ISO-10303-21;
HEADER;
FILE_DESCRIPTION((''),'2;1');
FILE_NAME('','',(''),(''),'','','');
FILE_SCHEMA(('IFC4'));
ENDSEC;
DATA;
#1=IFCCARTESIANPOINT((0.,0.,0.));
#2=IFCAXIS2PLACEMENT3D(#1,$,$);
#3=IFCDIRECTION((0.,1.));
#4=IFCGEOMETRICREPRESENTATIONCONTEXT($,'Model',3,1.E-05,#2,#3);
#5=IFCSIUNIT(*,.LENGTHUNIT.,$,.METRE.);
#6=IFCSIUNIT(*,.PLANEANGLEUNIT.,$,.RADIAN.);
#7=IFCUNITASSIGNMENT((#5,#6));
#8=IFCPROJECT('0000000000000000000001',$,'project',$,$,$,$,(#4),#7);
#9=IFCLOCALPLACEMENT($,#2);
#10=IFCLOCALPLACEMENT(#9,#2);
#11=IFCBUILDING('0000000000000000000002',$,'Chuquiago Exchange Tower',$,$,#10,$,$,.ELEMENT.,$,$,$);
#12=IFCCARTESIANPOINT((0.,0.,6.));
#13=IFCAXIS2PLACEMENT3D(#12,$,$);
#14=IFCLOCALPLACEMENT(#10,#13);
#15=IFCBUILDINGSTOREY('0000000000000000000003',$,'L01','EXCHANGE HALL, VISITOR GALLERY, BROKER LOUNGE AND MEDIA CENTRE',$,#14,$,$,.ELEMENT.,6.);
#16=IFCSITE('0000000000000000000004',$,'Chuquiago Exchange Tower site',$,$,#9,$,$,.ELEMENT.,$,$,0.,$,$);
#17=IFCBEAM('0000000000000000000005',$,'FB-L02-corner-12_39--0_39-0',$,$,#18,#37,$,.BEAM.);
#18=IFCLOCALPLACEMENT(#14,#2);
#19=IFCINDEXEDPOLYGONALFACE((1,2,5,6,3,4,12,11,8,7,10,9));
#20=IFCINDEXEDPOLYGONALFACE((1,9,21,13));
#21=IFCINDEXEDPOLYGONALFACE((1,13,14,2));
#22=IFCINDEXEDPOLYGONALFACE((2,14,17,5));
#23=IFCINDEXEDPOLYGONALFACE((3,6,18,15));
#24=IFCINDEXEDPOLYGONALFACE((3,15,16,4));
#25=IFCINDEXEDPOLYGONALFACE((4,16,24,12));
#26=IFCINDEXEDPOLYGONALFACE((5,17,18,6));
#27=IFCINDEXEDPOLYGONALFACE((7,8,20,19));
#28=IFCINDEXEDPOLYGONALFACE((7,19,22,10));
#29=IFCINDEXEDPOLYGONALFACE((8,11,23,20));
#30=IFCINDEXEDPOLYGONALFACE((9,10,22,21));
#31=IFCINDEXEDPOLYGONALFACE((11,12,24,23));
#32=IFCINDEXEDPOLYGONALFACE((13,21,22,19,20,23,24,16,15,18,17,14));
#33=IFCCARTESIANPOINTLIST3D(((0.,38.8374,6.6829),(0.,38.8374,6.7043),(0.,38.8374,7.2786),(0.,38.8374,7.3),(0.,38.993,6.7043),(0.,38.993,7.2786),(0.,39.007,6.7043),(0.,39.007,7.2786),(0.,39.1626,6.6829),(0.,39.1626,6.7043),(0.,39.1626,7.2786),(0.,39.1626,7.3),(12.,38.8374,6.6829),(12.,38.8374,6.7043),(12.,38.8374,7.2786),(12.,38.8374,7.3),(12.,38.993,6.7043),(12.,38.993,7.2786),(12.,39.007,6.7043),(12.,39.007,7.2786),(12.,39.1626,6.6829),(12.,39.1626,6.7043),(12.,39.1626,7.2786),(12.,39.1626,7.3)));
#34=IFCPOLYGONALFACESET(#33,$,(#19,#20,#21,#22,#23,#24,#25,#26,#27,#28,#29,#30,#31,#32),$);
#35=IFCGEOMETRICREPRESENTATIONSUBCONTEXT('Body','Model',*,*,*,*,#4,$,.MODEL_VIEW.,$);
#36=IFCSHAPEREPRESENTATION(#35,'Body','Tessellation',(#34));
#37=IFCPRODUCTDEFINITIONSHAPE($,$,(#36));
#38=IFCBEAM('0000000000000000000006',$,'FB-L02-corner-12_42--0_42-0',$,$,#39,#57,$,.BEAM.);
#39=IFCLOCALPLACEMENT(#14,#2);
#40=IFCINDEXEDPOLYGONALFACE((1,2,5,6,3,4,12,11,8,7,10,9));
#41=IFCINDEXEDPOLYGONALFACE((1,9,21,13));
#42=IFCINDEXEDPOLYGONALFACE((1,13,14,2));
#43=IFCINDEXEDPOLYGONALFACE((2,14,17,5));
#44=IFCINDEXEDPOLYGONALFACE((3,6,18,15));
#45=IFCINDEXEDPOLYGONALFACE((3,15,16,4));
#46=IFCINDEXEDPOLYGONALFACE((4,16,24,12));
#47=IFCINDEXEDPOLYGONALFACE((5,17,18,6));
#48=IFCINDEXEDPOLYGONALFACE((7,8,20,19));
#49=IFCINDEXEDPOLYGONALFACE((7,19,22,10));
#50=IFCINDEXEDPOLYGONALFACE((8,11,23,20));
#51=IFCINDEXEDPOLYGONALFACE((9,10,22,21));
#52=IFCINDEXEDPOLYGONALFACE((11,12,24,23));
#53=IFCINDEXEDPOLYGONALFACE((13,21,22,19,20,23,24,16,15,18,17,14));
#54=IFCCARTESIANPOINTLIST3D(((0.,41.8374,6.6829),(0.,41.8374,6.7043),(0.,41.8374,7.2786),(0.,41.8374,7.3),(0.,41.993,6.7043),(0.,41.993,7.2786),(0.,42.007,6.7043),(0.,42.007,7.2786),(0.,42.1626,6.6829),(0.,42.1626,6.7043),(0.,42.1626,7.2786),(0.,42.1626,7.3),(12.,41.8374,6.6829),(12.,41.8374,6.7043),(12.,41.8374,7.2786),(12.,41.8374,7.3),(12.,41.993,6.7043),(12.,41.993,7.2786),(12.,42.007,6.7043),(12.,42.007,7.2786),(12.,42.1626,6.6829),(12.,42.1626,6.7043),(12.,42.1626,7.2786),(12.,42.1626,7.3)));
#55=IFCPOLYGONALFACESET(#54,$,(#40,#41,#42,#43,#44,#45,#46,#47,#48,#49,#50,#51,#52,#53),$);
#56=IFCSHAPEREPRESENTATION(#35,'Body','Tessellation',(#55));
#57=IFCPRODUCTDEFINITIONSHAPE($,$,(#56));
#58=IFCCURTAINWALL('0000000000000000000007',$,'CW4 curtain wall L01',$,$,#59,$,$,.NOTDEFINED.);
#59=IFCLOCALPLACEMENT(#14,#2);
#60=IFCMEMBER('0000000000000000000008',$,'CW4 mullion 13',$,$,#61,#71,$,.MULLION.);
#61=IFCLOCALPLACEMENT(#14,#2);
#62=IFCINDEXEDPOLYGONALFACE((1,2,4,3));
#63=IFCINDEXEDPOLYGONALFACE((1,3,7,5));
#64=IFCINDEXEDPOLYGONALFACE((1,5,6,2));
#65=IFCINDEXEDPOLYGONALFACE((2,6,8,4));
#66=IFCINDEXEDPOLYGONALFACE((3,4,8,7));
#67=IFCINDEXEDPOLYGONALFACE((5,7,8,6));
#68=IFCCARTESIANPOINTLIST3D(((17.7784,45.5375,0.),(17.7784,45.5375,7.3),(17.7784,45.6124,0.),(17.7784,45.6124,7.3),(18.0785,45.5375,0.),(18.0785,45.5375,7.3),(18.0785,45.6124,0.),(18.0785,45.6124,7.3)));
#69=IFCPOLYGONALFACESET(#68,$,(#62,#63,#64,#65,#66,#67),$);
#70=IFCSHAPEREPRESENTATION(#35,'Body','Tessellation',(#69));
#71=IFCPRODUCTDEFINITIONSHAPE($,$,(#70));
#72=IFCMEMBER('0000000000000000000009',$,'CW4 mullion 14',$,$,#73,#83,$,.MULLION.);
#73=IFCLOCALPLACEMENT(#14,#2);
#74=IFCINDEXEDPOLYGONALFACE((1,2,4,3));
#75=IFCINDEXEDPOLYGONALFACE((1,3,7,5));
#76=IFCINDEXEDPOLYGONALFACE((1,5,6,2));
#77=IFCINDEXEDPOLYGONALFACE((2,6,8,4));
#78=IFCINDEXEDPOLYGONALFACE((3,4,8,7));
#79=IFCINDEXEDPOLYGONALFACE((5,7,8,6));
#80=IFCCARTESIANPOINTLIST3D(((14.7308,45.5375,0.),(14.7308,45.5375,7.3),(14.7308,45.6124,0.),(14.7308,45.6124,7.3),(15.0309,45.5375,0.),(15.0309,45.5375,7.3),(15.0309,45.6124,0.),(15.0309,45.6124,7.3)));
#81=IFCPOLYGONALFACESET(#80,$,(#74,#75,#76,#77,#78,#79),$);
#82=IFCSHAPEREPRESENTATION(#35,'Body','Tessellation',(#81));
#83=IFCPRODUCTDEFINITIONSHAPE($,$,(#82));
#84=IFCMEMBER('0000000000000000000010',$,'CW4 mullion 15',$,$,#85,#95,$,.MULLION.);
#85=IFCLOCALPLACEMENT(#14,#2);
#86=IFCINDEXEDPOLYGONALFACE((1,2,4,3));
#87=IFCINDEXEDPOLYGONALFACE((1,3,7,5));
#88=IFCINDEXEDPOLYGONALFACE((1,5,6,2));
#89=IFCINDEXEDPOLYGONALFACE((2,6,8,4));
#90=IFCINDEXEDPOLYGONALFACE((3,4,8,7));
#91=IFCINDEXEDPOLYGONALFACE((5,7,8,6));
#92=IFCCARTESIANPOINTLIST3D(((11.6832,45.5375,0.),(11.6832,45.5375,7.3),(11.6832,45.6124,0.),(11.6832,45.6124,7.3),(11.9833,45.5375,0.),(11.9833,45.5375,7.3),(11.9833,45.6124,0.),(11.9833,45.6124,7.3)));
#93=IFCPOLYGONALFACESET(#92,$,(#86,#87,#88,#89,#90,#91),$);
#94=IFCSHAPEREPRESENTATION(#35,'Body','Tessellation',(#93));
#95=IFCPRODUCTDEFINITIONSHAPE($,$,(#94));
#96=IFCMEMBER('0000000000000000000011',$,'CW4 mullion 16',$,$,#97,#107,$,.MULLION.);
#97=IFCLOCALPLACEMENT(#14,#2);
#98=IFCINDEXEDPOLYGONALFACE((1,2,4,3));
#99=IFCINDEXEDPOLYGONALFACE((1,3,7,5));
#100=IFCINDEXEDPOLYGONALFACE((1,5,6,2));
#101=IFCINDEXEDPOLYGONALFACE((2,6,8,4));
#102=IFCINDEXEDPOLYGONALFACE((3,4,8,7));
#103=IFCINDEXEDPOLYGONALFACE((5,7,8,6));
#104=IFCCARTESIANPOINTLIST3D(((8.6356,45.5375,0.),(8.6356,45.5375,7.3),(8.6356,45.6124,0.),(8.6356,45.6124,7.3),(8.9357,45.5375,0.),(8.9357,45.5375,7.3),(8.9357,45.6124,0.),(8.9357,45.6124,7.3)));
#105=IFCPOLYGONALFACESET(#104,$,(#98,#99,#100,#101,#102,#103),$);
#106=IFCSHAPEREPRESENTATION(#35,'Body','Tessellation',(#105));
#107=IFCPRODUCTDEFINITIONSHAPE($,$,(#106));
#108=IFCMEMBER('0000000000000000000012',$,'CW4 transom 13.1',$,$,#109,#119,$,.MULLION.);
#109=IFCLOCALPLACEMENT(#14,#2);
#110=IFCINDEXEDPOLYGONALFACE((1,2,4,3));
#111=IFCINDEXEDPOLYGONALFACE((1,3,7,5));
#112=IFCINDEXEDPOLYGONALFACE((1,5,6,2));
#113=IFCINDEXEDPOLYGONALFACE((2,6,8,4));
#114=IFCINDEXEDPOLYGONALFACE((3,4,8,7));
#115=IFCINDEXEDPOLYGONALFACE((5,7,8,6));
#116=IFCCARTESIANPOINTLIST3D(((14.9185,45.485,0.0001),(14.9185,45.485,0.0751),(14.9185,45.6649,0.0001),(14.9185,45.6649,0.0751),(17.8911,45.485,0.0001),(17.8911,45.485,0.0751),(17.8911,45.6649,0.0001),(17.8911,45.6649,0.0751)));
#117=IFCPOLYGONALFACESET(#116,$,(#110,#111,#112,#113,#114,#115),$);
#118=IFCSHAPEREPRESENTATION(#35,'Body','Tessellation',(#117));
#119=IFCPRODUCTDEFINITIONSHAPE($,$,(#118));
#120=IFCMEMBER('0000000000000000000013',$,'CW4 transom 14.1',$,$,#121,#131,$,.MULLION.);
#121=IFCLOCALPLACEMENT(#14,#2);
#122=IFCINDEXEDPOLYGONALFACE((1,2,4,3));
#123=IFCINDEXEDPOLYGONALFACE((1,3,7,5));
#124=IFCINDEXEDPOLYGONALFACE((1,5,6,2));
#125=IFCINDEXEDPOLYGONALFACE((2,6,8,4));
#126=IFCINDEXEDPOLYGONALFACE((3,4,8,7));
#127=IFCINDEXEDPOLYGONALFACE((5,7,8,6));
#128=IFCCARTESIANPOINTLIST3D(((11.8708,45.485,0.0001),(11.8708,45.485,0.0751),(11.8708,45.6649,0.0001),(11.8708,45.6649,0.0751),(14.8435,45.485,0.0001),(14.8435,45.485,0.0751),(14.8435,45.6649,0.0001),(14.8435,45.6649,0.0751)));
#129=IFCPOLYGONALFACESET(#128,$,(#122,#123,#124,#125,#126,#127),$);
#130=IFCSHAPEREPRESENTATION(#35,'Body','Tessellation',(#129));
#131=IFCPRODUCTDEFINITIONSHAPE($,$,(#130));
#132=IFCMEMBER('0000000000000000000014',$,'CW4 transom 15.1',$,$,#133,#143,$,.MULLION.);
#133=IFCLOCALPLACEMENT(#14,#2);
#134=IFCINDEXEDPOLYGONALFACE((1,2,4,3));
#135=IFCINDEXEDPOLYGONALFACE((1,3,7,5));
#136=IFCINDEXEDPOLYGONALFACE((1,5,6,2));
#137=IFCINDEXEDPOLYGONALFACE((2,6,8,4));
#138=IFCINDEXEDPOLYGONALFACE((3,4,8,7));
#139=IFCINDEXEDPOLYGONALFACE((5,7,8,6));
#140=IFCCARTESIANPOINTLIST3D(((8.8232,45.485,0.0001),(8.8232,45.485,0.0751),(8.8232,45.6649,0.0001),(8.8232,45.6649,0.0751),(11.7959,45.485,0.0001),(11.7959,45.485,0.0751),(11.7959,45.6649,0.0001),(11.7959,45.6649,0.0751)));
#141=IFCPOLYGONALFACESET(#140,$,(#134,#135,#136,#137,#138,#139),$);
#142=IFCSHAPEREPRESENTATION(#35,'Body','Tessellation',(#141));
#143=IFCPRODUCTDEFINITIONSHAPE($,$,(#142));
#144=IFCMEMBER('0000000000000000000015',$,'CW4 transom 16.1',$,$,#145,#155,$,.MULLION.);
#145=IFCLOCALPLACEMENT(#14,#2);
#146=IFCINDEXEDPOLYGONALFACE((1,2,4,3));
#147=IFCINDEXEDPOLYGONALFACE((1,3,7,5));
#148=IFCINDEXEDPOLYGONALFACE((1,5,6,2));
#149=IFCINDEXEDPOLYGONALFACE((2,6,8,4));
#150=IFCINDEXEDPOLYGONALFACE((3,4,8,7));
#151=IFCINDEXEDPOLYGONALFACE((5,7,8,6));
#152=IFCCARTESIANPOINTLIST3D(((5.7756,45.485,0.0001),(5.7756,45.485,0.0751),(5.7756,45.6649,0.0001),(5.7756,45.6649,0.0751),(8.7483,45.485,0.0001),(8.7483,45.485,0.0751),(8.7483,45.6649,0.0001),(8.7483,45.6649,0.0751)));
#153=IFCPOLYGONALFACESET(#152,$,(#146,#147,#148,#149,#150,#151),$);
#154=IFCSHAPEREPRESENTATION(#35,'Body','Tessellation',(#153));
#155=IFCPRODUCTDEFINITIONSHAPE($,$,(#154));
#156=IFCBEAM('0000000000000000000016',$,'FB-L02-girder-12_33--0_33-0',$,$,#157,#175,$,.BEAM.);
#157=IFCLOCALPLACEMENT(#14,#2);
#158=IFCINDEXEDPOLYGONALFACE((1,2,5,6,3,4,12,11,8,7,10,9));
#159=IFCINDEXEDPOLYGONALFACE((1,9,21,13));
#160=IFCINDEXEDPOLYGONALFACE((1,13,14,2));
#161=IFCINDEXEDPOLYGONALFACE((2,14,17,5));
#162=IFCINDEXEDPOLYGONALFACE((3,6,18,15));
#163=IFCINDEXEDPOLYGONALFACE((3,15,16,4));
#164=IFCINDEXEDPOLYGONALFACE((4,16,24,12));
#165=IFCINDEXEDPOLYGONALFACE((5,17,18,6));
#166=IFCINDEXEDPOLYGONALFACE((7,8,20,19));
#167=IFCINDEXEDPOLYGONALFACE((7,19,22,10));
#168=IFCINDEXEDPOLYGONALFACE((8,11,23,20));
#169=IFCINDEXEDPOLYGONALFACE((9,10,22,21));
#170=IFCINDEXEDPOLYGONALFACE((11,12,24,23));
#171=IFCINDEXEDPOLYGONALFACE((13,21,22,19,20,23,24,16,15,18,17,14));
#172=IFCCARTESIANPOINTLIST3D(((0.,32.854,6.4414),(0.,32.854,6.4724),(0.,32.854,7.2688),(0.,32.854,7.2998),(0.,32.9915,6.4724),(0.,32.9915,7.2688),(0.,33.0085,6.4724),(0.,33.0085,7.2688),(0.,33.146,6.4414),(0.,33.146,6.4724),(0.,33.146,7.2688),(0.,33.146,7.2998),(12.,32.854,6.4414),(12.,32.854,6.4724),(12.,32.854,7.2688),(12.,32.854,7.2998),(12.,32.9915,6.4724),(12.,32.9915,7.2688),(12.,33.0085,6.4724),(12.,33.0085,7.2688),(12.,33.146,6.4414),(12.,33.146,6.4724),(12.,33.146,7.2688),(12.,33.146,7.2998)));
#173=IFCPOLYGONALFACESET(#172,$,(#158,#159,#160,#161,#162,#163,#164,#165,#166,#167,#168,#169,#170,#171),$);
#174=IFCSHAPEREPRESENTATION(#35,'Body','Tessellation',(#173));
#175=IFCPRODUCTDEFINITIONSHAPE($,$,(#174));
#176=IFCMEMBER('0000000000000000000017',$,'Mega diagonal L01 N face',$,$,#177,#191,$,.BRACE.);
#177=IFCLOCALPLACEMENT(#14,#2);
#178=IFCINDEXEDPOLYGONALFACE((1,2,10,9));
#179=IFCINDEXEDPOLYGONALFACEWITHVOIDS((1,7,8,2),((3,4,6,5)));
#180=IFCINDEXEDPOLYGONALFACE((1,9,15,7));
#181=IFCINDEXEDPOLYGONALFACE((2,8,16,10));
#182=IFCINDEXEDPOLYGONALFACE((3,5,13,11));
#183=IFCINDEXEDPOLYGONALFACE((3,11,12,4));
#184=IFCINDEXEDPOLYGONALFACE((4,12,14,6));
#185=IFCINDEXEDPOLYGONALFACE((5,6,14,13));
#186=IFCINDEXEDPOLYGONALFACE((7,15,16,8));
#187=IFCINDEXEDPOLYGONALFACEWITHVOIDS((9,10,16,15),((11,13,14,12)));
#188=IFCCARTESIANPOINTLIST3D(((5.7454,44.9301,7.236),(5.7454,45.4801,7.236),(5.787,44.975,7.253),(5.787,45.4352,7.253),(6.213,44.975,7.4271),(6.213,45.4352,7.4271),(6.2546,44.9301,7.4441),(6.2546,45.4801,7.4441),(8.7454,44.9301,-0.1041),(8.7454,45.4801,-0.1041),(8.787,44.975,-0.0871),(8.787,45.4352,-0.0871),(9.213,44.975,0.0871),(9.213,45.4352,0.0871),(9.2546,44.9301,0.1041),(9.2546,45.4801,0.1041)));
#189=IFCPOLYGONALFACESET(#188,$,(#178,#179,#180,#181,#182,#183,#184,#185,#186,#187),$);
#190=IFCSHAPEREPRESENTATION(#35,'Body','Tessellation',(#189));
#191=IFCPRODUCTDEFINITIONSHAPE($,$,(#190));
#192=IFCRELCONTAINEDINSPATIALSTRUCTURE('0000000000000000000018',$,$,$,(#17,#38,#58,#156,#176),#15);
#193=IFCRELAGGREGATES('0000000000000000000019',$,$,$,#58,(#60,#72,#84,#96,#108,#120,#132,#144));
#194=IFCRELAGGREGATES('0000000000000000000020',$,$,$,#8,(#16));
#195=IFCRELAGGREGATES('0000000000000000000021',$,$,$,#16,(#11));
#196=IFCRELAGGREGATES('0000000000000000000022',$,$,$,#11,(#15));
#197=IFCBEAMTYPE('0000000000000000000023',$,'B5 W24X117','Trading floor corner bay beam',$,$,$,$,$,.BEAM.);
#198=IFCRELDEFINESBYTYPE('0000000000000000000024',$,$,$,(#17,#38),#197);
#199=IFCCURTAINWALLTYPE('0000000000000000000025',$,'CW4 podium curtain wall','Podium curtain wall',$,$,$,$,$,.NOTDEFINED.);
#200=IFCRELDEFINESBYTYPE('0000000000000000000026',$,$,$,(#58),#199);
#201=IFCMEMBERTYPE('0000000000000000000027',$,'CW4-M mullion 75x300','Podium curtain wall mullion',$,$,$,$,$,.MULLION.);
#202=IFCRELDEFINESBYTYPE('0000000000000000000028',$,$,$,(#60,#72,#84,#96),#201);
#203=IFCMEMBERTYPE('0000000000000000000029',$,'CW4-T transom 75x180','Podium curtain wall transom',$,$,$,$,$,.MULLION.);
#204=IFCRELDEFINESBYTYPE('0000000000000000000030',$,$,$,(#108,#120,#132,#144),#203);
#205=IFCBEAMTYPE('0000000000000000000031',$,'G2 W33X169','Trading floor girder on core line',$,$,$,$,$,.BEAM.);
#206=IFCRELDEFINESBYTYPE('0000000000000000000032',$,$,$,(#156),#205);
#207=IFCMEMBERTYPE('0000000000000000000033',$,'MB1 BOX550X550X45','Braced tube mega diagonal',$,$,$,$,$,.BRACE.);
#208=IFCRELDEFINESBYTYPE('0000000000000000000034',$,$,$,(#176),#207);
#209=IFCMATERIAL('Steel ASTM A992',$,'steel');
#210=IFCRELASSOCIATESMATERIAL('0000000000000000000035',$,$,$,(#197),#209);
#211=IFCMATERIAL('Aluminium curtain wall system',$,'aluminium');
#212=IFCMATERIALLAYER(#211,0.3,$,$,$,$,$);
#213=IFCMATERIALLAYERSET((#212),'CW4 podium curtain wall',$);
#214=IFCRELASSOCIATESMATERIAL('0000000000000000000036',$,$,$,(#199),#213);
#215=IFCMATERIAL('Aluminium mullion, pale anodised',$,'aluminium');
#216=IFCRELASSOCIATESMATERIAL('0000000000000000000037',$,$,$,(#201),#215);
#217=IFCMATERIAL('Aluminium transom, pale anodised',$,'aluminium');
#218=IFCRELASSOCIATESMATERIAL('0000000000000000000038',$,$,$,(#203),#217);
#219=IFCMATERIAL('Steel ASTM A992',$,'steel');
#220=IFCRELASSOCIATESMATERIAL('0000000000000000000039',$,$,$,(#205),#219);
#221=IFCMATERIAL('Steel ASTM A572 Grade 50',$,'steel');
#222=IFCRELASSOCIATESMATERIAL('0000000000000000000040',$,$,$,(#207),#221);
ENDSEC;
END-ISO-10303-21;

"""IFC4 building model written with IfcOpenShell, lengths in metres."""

from ifc_helpers import new_model, si_unit, direction, frame, origin, origin_2d, place, context, subcontext, project, spatial, rectangle, hollow_rectangle, i_section, extrude, material, layer, layer_set, material_profile, profile_set, type_object, element, aggregate, save


model = new_model("IFC4")

# Units and contexts
model_context = context("Model", 3, precision=1e-05, world=origin(), true_north=direction((0.0, 1.0)))
body_context = subcontext(model_context, "Body", "Model", "MODEL_VIEW")
ifc_project = project(units=[si_unit("LENGTHUNIT", "METRE"), si_unit("PLANEANGLEUNIT", "RADIAN")], contexts=[model_context])

# Site, building, storey
site_placement = place(None, origin())
site = spatial("IfcSite", under=ifc_project, at=site_placement, Name="Chuquiago Exchange Tower site", CompositionType="ELEMENT", RefElevation=0.0)
building_placement = place(site_placement, origin())
building = spatial("IfcBuilding", under=site, at=building_placement, Name="Chuquiago Exchange Tower", CompositionType="ELEMENT")
storey_placement = place(building_placement, frame((0.0, 0.0, 6.0)))
storey = spatial("IfcBuildingStorey", under=building, at=storey_placement, Name="L01", Description="EXCHANGE HALL, VISITOR GALLERY, BROKER LOUNGE AND MEDIA CENTRE", CompositionType="ELEMENT", Elevation=6.0)

# Beams
ifc_material_1 = material(Name="Steel ASTM A992", Category="steel")
ifc_material_profile_1 = material_profile(ifc_material_1, i_section(OverallWidth=0.3252, OverallDepth=0.6172, WebThickness=0.0139, FlangeThickness=0.0215, at=origin_2d()), Name="W24X117")
ifc_profile_set_1 = profile_set([ifc_material_profile_1], Name="Steel ASTM A992")
beam_type_1 = type_object("IfcBeamType", Name="B5 W24X117", Description="Trading floor corner bay beam", PredefinedType="BEAM", material=ifc_profile_set_1)
for number, where, z_axis, x_axis, name in (
    (1, (12.0, 39.0, 6.9915), (-1.0, 0.0, 0.0), (0.0, -1.0, 0.0), "FB-L02-corner-12_39--0_39-0"),
    (2, (12.0, 42.0, 6.9915), (-1.0, 0.0, 0.0), (0.0, -1.0, 0.0), "FB-L02-corner-12_42--0_42-0"),
):
    element("IfcBeam", number, at=place(storey_placement, frame(where, z_axis=z_axis, x_axis=x_axis)), inside=storey, type_object=beam_type_1, Name=name, PredefinedType="BEAM", context=body_context, shape_type="SweptSolid", body=[
        extrude(i_section(OverallWidth=0.3252, OverallDepth=0.6172, WebThickness=0.0139, FlangeThickness=0.0215, at=origin_2d()), origin(), (0.0, 0.0, 1.0), 12.0),
    ])

# Curtain wall, members
ifc_material_2 = material(Name="Aluminium curtain wall system", Category="aluminium")
ifc_layer_1 = layer(ifc_material_2, 0.3)
ifc_layer_set_1 = layer_set([ifc_layer_1], Name="CW4 podium curtain wall")
curtain_wall_type = type_object("IfcCurtainWallType", Name="CW4 podium curtain wall", Description="Podium curtain wall", PredefinedType="NOTDEFINED", material=ifc_layer_set_1)
curtain_wall_placement = place(storey_placement, origin())
curtain_wall = element("IfcCurtainWall", 3, at=curtain_wall_placement, inside=storey, type_object=curtain_wall_type, Name="CW4 curtain wall L01", PredefinedType="NOTDEFINED")
ifc_material_3 = material(Name="Aluminium mullion, pale anodised", Category="aluminium")
ifc_material_profile_2 = material_profile(ifc_material_3, rectangle(XDim=0.075, YDim=0.3, at=origin_2d()), Name="AL 75x300")
ifc_profile_set_2 = profile_set([ifc_material_profile_2], Name="Aluminium mullion, pale anodised")
member_type_1 = type_object("IfcMemberType", Name="CW4-M mullion 75x300", Description="Podium curtain wall mullion", PredefinedType="MULLION", material=ifc_profile_set_2)
member_1_placement = place(storey_placement, frame((17.9285, 45.575, 0.0), z_axis=(0.0, 0.0, 1.0), x_axis=(0.0, -1.0, 0.0)))
member_1 = element("IfcMember", 4, at=member_1_placement, type_object=member_type_1, Name="CW4 mullion 13", PredefinedType="MULLION", context=body_context, shape_type="SweptSolid", body=[
    extrude(rectangle(XDim=0.075, YDim=0.3, at=origin_2d()), origin(), (0.0, 0.0, 1.0), 7.3),
])
member_2_placement = place(storey_placement, frame((14.8809, 45.575, 0.0), z_axis=(0.0, 0.0, 1.0), x_axis=(0.0, -1.0, 0.0)))
member_2 = element("IfcMember", 5, at=member_2_placement, type_object=member_type_1, Name="CW4 mullion 14", PredefinedType="MULLION", context=body_context, shape_type="SweptSolid", body=[
    extrude(rectangle(XDim=0.075, YDim=0.3, at=origin_2d()), origin(), (0.0, 0.0, 1.0), 7.3),
])
member_3_placement = place(storey_placement, frame((11.8333, 45.575, 0.0), z_axis=(0.0, 0.0, 1.0), x_axis=(0.0, -1.0, 0.0)))
member_3 = element("IfcMember", 6, at=member_3_placement, type_object=member_type_1, Name="CW4 mullion 15", PredefinedType="MULLION", context=body_context, shape_type="SweptSolid", body=[
    extrude(rectangle(XDim=0.075, YDim=0.3, at=origin_2d()), origin(), (0.0, 0.0, 1.0), 7.3),
])
member_4_placement = place(storey_placement, frame((8.7856, 45.575, 0.0), z_axis=(0.0, 0.0, 1.0), x_axis=(0.0, -1.0, 0.0)))
member_4 = element("IfcMember", 7, at=member_4_placement, type_object=member_type_1, Name="CW4 mullion 16", PredefinedType="MULLION", context=body_context, shape_type="SweptSolid", body=[
    extrude(rectangle(XDim=0.075, YDim=0.3, at=origin_2d()), origin(), (0.0, 0.0, 1.0), 7.3),
])
ifc_material_4 = material(Name="Aluminium transom, pale anodised", Category="aluminium")
ifc_material_profile_3 = material_profile(ifc_material_4, rectangle(XDim=0.1799, YDim=0.075, at=origin_2d()), Name="AL 180x75")
ifc_profile_set_3 = profile_set([ifc_material_profile_3], Name="Aluminium transom, pale anodised")
member_type_2 = type_object("IfcMemberType", Name="CW4-T transom 75x180", Description="Podium curtain wall transom", PredefinedType="MULLION", material=ifc_profile_set_3)
member_5_placement = place(storey_placement, frame((17.8911, 45.575, 0.0376), z_axis=(-1.0, 0.0, 0.0), x_axis=(0.0, -1.0, 0.0)))
member_5 = element("IfcMember", 8, at=member_5_placement, type_object=member_type_2, Name="CW4 transom 13.1", PredefinedType="MULLION", context=body_context, shape_type="SweptSolid", body=[
    extrude(rectangle(XDim=0.1799, YDim=0.075, at=origin_2d()), origin(), (0.0, 0.0, 1.0), 2.9727),
])
member_6_placement = place(storey_placement, frame((14.8435, 45.575, 0.0376), z_axis=(-1.0, 0.0, 0.0), x_axis=(0.0, -1.0, 0.0)))
member_6 = element("IfcMember", 9, at=member_6_placement, type_object=member_type_2, Name="CW4 transom 14.1", PredefinedType="MULLION", context=body_context, shape_type="SweptSolid", body=[
    extrude(rectangle(XDim=0.1799, YDim=0.075, at=origin_2d()), origin(), (0.0, 0.0, 1.0), 2.9727),
])
member_7_placement = place(storey_placement, frame((11.7959, 45.575, 0.0376), z_axis=(-1.0, 0.0, 0.0), x_axis=(0.0, -1.0, 0.0)))
member_7 = element("IfcMember", 10, at=member_7_placement, type_object=member_type_2, Name="CW4 transom 15.1", PredefinedType="MULLION", context=body_context, shape_type="SweptSolid", body=[
    extrude(rectangle(XDim=0.1799, YDim=0.075, at=origin_2d()), origin(), (0.0, 0.0, 1.0), 2.9727),
])
member_8_placement = place(storey_placement, frame((8.7483, 45.575, 0.0376), z_axis=(-1.0, 0.0, 0.0), x_axis=(0.0, -1.0, 0.0)))
member_8 = element("IfcMember", 11, at=member_8_placement, type_object=member_type_2, Name="CW4 transom 16.1", PredefinedType="MULLION", context=body_context, shape_type="SweptSolid", body=[
    extrude(rectangle(XDim=0.1799, YDim=0.075, at=origin_2d()), origin(), (0.0, 0.0, 1.0), 2.9727),
])

# Beam
ifc_material_5 = material(Name="Steel ASTM A992", Category="steel")
ifc_material_profile_4 = material_profile(ifc_material_5, i_section(OverallWidth=0.292, OverallDepth=0.8584, WebThickness=0.0171, FlangeThickness=0.031, at=origin_2d()), Name="W33X169")
ifc_profile_set_4 = profile_set([ifc_material_profile_4], Name="Steel ASTM A992")
beam_type_2 = type_object("IfcBeamType", Name="G2 W33X169", Description="Trading floor girder on core line", PredefinedType="BEAM", material=ifc_profile_set_4)
beam_1_placement = place(storey_placement, frame((12.0, 33.0, 6.8706), z_axis=(-1.0, 0.0, 0.0), x_axis=(0.0, -1.0, 0.0)))
element("IfcBeam", 12, at=beam_1_placement, inside=storey, type_object=beam_type_2, Name="FB-L02-girder-12_33--0_33-0", PredefinedType="BEAM", context=body_context, shape_type="SweptSolid", body=[
    extrude(i_section(OverallWidth=0.292, OverallDepth=0.8584, WebThickness=0.0171, FlangeThickness=0.031, at=origin_2d()), origin(), (0.0, 0.0, 1.0), 12.0),
])

# Member
ifc_material_6 = material(Name="Steel ASTM A572 Grade 50", Category="steel")
ifc_material_profile_5 = material_profile(ifc_material_6, hollow_rectangle(XDim=0.55, YDim=0.55, WallThickness=0.0449, at=origin_2d()), Name="BOX550X550X45")
ifc_profile_set_5 = profile_set([ifc_material_profile_5], Name="Steel ASTM A572 Grade 50")
member_type_3 = type_object("IfcMemberType", Name="MB1 BOX550X550X45", Description="Braced tube mega diagonal", PredefinedType="BRACE", material=ifc_profile_set_5)
member_9_placement = place(storey_placement, frame((9.0, 45.2051, 0.0), z_axis=(-0.378334, 0.0, 0.925669), x_axis=(0.0, -1.0, 0.0)))
element("IfcMember", 13, at=member_9_placement, inside=storey, type_object=member_type_3, Name="Mega diagonal L01 N face", PredefinedType="BRACE", context=body_context, shape_type="SweptSolid", body=[
    extrude(hollow_rectangle(XDim=0.55, YDim=0.55, WallThickness=0.0449, at=origin_2d()), origin(), (0.0, 0.0, 1.0), 7.9294),
])

aggregate(curtain_wall, [member_1, member_2, member_3, member_4, member_5, member_6, member_7, member_8])

save(model, "model.ifc")
